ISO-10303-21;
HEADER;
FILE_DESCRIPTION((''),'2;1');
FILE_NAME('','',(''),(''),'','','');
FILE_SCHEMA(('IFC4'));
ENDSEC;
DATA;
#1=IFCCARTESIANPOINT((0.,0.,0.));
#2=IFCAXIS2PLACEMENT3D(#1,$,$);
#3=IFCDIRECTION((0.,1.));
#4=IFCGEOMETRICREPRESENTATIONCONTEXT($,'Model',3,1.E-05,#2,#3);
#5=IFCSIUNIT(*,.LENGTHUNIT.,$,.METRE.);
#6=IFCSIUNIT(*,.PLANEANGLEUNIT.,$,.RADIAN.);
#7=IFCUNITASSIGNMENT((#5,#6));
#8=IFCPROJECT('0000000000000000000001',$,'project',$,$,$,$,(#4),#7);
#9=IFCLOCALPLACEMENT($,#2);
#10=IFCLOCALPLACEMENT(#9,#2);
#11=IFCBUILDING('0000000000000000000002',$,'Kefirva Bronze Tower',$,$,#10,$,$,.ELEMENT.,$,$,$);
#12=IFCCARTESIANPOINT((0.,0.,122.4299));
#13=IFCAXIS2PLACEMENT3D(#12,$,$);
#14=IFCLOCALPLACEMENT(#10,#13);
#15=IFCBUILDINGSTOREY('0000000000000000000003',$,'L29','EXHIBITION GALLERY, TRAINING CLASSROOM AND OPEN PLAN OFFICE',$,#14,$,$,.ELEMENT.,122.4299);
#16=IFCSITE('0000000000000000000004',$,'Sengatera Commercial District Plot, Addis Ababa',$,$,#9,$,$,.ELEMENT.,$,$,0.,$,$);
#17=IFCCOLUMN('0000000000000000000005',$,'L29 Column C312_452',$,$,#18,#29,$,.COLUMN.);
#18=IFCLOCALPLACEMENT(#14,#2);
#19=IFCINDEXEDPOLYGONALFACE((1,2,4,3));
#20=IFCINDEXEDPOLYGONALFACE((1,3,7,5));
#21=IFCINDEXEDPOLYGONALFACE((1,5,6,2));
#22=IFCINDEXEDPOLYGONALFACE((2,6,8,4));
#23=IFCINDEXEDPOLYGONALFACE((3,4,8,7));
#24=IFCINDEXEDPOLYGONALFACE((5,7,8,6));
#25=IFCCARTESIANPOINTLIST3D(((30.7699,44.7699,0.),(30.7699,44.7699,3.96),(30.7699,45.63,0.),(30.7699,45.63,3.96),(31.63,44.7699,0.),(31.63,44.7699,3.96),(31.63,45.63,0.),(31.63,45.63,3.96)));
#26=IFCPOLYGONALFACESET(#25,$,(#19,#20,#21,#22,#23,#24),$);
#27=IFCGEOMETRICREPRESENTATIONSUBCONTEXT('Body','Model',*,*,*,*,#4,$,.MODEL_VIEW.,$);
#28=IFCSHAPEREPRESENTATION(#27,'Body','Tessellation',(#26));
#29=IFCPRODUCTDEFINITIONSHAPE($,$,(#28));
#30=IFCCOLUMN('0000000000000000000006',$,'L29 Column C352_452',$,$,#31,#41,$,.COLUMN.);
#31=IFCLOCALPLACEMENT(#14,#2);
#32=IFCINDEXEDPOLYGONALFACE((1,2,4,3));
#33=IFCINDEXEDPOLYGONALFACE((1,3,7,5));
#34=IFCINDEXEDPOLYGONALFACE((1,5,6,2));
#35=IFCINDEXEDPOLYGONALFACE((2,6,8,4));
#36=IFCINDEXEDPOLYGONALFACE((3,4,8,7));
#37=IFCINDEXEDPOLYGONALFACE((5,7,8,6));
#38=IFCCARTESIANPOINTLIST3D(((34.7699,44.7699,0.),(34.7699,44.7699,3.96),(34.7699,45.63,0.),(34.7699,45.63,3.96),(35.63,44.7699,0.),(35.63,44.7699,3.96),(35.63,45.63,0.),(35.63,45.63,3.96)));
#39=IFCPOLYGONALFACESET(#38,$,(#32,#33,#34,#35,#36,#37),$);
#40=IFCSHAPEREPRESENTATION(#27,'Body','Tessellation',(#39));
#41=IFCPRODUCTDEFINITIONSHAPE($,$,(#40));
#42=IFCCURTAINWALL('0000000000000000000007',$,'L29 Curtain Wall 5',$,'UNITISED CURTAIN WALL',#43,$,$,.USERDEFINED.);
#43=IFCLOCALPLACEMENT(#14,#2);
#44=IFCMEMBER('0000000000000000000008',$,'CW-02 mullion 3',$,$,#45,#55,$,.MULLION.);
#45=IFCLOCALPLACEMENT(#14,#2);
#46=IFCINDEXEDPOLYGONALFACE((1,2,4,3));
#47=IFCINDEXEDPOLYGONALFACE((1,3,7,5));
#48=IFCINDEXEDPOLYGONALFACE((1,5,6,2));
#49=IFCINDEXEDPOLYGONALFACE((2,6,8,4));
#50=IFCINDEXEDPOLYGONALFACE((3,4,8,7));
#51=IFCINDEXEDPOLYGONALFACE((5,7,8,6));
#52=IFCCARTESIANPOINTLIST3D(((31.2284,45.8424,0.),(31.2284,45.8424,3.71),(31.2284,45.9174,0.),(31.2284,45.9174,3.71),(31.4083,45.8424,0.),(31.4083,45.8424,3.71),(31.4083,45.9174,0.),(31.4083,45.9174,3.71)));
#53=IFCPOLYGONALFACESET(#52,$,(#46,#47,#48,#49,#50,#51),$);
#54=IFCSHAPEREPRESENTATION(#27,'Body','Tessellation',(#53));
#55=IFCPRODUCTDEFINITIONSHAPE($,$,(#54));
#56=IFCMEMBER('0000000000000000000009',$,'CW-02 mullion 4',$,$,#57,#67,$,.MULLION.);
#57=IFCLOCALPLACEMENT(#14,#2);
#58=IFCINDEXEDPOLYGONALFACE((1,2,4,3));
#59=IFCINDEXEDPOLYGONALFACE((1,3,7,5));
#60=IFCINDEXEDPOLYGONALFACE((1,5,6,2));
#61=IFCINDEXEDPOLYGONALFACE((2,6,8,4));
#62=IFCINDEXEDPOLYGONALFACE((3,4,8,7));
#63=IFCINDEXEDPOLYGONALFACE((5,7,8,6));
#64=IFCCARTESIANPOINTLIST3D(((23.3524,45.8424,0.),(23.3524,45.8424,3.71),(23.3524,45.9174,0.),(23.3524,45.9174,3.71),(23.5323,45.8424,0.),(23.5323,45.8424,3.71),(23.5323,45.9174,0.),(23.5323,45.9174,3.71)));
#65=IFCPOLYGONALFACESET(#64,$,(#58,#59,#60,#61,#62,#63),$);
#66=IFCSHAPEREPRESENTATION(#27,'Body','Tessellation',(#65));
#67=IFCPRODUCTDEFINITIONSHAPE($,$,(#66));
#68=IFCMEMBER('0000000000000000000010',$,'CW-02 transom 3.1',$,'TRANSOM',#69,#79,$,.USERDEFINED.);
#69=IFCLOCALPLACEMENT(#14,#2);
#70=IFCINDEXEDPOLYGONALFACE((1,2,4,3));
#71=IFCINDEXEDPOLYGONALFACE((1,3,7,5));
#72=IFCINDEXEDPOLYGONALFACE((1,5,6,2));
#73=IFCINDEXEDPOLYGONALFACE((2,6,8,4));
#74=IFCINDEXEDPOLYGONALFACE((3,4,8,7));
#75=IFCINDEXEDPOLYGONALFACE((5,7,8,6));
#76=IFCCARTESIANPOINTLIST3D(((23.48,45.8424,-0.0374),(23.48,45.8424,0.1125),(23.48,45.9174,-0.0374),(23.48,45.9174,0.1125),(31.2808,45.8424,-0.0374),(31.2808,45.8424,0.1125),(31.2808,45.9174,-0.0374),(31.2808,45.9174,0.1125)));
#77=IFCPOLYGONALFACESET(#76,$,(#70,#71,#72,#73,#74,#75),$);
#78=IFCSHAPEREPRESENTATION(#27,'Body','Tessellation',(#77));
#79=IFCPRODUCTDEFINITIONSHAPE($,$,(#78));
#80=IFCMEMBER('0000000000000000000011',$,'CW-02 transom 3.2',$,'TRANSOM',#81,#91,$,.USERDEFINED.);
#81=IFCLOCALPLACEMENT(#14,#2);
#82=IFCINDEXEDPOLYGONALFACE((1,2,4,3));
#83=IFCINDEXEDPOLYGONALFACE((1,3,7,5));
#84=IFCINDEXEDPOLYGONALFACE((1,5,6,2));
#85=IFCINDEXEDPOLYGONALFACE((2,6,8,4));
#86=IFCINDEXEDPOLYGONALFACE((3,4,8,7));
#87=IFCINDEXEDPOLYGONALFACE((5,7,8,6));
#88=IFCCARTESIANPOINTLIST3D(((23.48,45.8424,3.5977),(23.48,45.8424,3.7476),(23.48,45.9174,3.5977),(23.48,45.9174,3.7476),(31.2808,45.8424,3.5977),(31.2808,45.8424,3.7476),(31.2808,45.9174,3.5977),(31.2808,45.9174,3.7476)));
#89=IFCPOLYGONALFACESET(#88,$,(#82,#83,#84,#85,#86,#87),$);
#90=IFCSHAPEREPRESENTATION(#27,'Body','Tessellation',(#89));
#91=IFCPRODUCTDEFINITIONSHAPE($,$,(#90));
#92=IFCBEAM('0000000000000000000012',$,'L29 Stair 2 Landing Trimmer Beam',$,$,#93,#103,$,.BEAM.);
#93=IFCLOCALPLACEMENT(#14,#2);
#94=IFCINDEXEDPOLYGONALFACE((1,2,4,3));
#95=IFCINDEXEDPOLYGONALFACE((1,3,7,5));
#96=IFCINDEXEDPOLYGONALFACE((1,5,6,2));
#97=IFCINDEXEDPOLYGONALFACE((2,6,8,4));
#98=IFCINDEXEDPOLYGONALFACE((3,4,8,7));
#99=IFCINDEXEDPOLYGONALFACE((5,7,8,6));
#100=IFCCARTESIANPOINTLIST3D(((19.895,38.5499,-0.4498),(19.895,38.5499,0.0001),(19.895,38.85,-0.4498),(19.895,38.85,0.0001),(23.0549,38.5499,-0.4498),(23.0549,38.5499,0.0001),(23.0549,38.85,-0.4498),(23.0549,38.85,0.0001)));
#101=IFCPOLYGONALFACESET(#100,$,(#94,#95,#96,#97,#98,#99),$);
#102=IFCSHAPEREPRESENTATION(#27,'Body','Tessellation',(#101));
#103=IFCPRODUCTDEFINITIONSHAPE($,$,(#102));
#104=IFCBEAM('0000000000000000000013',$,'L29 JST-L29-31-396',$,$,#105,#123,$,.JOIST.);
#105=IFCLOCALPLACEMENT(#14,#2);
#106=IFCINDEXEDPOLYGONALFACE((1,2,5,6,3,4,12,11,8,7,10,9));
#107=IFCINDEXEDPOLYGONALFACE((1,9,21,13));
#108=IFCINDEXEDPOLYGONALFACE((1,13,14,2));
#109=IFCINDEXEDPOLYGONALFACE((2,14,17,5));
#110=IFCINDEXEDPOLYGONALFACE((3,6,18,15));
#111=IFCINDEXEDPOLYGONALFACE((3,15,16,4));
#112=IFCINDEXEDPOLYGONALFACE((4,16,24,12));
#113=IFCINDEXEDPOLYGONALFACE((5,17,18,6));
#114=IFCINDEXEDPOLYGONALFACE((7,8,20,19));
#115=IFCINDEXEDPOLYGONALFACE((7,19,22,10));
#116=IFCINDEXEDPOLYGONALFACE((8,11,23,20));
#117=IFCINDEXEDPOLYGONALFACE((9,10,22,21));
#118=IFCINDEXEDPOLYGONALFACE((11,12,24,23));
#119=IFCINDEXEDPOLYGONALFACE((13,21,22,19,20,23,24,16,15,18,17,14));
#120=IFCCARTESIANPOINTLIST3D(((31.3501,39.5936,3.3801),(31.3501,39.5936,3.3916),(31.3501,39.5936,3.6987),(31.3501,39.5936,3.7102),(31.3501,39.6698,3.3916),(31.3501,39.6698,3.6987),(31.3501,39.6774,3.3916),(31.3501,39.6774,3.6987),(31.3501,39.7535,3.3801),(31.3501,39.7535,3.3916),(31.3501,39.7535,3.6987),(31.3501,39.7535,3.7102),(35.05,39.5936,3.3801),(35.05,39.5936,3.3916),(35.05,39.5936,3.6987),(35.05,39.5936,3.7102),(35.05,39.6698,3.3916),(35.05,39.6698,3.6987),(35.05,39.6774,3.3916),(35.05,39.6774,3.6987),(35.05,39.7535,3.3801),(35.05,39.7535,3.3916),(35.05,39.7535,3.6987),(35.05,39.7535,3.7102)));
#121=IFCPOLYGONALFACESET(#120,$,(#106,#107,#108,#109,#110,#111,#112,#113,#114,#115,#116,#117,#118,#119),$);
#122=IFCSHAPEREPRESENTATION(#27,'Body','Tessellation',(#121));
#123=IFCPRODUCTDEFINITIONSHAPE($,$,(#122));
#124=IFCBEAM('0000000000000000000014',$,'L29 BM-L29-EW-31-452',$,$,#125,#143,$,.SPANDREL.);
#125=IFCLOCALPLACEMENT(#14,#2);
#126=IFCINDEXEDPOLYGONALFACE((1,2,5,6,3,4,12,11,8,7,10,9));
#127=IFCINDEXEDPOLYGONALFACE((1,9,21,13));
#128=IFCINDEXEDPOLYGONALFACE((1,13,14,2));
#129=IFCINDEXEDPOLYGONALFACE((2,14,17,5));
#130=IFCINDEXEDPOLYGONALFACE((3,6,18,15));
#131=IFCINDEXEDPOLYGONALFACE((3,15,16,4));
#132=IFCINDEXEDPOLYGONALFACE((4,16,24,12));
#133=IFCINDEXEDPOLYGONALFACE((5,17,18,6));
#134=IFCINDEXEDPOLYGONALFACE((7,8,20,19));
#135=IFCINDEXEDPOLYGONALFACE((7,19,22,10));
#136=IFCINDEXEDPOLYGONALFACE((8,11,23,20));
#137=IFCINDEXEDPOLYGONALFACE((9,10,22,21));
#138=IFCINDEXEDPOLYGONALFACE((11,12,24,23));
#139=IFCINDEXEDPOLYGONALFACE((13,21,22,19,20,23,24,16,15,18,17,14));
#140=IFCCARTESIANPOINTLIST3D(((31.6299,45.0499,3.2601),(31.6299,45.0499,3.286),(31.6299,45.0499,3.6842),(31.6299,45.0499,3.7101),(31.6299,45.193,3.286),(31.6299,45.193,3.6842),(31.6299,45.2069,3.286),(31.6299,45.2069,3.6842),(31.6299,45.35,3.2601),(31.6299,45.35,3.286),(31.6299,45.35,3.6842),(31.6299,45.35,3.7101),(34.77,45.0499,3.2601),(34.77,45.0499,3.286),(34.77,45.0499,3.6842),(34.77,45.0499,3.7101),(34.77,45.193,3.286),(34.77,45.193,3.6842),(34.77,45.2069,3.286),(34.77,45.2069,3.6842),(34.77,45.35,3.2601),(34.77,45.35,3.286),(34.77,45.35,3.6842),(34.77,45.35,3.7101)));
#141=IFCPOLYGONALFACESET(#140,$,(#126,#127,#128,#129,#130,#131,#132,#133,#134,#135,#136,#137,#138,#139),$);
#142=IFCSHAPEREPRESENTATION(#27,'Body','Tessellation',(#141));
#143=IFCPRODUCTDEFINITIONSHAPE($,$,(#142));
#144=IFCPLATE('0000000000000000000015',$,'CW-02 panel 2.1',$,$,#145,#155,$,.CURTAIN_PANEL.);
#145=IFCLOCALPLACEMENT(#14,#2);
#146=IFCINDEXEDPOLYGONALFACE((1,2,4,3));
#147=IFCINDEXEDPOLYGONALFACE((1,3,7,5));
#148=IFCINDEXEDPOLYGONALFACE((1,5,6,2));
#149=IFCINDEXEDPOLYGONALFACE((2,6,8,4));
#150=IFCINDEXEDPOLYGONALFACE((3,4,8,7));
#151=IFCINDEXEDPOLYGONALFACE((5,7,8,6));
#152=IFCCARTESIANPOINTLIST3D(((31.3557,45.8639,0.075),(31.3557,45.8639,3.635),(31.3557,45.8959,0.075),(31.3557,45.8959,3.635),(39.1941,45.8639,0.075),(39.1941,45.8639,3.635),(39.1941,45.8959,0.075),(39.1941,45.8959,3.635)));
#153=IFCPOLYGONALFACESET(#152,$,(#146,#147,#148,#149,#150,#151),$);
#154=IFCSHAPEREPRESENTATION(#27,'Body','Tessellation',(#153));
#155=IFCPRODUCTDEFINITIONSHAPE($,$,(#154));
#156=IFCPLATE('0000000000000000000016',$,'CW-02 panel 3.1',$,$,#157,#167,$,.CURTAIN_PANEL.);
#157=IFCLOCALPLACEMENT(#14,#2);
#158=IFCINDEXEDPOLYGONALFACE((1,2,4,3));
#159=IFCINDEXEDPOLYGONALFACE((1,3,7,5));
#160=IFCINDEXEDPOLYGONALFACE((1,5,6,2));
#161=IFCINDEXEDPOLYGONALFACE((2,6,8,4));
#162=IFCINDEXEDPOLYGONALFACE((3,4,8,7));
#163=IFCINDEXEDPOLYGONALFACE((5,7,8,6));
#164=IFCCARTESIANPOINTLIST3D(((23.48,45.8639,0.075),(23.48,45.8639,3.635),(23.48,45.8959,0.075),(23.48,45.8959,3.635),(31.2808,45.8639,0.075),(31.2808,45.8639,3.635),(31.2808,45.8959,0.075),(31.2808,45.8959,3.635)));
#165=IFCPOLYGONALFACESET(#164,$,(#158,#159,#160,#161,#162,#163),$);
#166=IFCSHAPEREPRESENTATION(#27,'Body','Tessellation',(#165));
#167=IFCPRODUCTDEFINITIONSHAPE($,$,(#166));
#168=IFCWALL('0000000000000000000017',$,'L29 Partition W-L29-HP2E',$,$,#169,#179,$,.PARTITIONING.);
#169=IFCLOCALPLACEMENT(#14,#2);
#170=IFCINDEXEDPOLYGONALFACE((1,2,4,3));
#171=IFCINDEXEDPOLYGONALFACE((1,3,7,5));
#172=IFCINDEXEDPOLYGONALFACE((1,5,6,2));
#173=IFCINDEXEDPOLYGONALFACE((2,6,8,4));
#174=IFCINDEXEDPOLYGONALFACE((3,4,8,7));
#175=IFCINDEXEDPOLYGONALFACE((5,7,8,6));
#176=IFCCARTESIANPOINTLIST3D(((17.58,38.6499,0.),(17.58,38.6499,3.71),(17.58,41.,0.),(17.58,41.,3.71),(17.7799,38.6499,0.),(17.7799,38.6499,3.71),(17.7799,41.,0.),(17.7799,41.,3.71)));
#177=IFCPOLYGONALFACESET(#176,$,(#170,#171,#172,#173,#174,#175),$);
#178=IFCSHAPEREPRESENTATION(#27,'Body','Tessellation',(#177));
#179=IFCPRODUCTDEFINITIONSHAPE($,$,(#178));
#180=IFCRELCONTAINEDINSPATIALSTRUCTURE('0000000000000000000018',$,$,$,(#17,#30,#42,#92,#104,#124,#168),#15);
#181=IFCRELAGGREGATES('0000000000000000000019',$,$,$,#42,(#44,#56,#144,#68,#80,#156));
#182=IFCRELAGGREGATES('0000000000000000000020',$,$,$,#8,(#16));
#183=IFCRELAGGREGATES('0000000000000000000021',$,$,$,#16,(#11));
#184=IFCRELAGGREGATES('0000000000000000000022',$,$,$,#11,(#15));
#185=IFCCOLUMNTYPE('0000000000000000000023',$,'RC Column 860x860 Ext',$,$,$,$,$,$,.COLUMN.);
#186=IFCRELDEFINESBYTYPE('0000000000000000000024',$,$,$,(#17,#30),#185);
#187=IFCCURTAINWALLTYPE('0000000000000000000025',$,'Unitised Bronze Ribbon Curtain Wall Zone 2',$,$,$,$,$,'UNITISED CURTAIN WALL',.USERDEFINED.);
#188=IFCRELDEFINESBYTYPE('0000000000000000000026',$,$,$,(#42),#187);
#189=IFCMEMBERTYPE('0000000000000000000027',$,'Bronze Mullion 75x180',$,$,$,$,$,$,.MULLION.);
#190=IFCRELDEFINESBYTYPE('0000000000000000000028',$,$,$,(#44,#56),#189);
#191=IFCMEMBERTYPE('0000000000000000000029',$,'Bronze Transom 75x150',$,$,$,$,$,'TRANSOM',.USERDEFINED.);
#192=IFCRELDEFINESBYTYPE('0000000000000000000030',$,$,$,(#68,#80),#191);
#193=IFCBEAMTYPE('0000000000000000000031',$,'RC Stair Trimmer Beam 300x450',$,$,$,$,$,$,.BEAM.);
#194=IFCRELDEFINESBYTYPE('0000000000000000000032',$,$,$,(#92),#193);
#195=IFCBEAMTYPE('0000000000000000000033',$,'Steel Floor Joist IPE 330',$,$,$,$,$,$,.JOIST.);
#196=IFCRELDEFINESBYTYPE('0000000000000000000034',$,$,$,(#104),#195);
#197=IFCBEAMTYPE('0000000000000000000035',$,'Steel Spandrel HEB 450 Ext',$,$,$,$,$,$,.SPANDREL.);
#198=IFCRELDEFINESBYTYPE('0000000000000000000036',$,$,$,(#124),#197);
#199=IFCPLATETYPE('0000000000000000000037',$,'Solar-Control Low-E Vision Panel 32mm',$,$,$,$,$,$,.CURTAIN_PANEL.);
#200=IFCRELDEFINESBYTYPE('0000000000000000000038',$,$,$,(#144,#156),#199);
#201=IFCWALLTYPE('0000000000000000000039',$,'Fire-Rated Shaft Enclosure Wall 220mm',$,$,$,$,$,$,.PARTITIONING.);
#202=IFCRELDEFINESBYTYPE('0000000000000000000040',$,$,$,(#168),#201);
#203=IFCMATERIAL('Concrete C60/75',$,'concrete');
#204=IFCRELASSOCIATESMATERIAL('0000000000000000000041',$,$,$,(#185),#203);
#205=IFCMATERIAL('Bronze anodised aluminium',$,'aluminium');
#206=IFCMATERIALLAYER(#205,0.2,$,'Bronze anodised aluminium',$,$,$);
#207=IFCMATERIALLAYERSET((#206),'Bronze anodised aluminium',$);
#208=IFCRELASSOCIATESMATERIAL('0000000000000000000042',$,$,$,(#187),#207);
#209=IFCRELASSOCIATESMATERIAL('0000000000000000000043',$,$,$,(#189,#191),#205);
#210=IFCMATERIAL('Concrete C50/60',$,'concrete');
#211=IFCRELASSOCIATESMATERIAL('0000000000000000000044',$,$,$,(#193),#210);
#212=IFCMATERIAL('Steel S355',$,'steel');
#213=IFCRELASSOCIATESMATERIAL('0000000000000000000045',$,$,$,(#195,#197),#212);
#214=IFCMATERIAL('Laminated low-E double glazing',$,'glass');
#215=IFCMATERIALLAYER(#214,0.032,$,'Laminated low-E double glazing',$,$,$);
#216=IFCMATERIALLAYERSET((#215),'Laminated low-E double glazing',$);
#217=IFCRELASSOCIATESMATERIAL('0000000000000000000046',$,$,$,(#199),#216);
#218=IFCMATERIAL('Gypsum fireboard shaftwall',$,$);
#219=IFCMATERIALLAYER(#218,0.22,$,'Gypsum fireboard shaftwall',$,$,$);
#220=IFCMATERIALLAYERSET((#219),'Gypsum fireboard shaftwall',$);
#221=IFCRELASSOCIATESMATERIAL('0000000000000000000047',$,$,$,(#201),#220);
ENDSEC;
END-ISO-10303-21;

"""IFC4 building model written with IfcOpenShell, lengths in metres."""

from ifc_helpers import new_model, si_unit, direction, frame, frame_2d, origin, origin_2d, place, context, subcontext, project, spatial, rectangle, i_section, extrude, material, layer, layer_set, material_profile, profile_set, type_object, element, aggregate, save


model = new_model("IFC4")

# Units and contexts
model_context = context("Model", 3, precision=1e-05, world=origin(), true_north=direction((0.0, 1.0)))
body_context = subcontext(model_context, "Body", "Model", "MODEL_VIEW")
ifc_project = project(units=[si_unit("LENGTHUNIT", "METRE"), si_unit("PLANEANGLEUNIT", "RADIAN")], contexts=[model_context])

# Site, building, storey
site_placement = place(None, origin())
site = spatial("IfcSite", under=ifc_project, at=site_placement, Name="Sengatera Commercial District Plot, Addis Ababa", CompositionType="ELEMENT", RefElevation=0.0)
building_placement = place(site_placement, origin())
building = spatial("IfcBuilding", under=site, at=building_placement, Name="Kefirva Bronze Tower", CompositionType="ELEMENT")
storey_placement = place(building_placement, frame((0.0, 0.0, 122.4299)))
storey = spatial("IfcBuildingStorey", under=building, at=storey_placement, Name="L29", Description="EXHIBITION GALLERY, TRAINING CLASSROOM AND OPEN PLAN OFFICE", CompositionType="ELEMENT", Elevation=122.4299)

# Columns
ifc_material_1 = material(Name="Concrete C60/75", Category="concrete")
ifc_material_profile_1 = material_profile(ifc_material_1, rectangle(XDim=0.8601, YDim=0.8601, at=origin_2d()), Name="RC 860x860")
ifc_profile_set_1 = profile_set([ifc_material_profile_1], Name="Concrete C60/75")
column_type = type_object("IfcColumnType", Name="RC Column 860x860 Ext", PredefinedType="COLUMN", material=ifc_profile_set_1)
for number, where, z_axis, x_axis, name in (
    (1, (31.2, 45.2, 0.0), (0.0, 0.0, 1.0), (1.0, 0.0, 0.0), "L29 Column C312_452"),
    (2, (35.2, 45.2, 0.0), (0.0, 0.0, 1.0), (1.0, 0.0, 0.0), "L29 Column C352_452"),
):
    element("IfcColumn", number, at=place(storey_placement, frame(where, z_axis=z_axis, x_axis=x_axis)), inside=storey, type_object=column_type, Name=name, PredefinedType="COLUMN", context=body_context, shape_type="SweptSolid", body=[
        extrude(rectangle(XDim=0.8601, YDim=0.8601, at=origin_2d()), origin(), (0.0, 0.0, 1.0), 3.96),
    ])

# Curtain wall, members
ifc_material_2 = material(Name="Bronze anodised aluminium", Category="aluminium")
ifc_layer_1 = layer(ifc_material_2, 0.2, Name="Bronze anodised aluminium")
ifc_layer_set_1 = layer_set([ifc_layer_1], Name="Bronze anodised aluminium")
curtain_wall_type = type_object("IfcCurtainWallType", Name="Unitised Bronze Ribbon Curtain Wall Zone 2", ElementType="UNITISED CURTAIN WALL", PredefinedType="USERDEFINED", material=ifc_layer_set_1)
curtain_wall_placement = place(storey_placement, origin())
curtain_wall = element("IfcCurtainWall", 3, at=curtain_wall_placement, inside=storey, type_object=curtain_wall_type, Name="L29 Curtain Wall 5", ObjectType="UNITISED CURTAIN WALL", PredefinedType="USERDEFINED")
ifc_material_profile_2 = material_profile(ifc_material_2, rectangle(XDim=0.075, YDim=0.1799, at=origin_2d()), Name="ALU 75x180")
ifc_profile_set_2 = profile_set([ifc_material_profile_2], Name="Bronze anodised aluminium")
member_type_1 = type_object("IfcMemberType", Name="Bronze Mullion 75x180", PredefinedType="MULLION", material=ifc_profile_set_2)
member_1_placement = place(storey_placement, frame((31.3184, 45.8799, 0.0), z_axis=(0.0, 0.0, 1.0), x_axis=(0.0, -1.0, 0.0)))
member_1 = element("IfcMember", 4, at=member_1_placement, type_object=member_type_1, Name="CW-02 mullion 3", PredefinedType="MULLION", context=body_context, shape_type="SweptSolid", body=[
    extrude(rectangle(XDim=0.075, YDim=0.1799, at=origin_2d()), origin(), (0.0, 0.0, 1.0), 3.71),
])
member_2_placement = place(storey_placement, frame((23.4424, 45.8799, 0.0), z_axis=(0.0, 0.0, 1.0), x_axis=(0.0, -1.0, 0.0)))
member_2 = element("IfcMember", 5, at=member_2_placement, type_object=member_type_1, Name="CW-02 mullion 4", PredefinedType="MULLION", context=body_context, shape_type="SweptSolid", body=[
    extrude(rectangle(XDim=0.075, YDim=0.1799, at=origin_2d()), origin(), (0.0, 0.0, 1.0), 3.71),
])
ifc_material_profile_3 = material_profile(ifc_material_2, rectangle(XDim=0.075, YDim=0.1499, at=origin_2d()), Name="ALU 75x150")
ifc_profile_set_3 = profile_set([ifc_material_profile_3], Name="Bronze anodised aluminium")
member_type_2 = type_object("IfcMemberType", Name="Bronze Transom 75x150", ElementType="TRANSOM", PredefinedType="USERDEFINED", material=ifc_profile_set_3)
member_3_placement = place(storey_placement, frame((31.2808, 45.8799, 0.0376), z_axis=(-1.0, 0.0, 0.0), x_axis=(0.0, -1.0, 0.0)))
member_3 = element("IfcMember", 6, at=member_3_placement, type_object=member_type_2, Name="CW-02 transom 3.1", ObjectType="TRANSOM", PredefinedType="USERDEFINED", context=body_context, shape_type="SweptSolid", body=[
    extrude(rectangle(XDim=0.075, YDim=0.1499, at=origin_2d()), origin(), (0.0, 0.0, 1.0), 7.8008),
])
member_4_placement = place(storey_placement, frame((31.2808, 45.8799, 3.6726), z_axis=(-1.0, 0.0, 0.0), x_axis=(0.0, -1.0, 0.0)))
member_4 = element("IfcMember", 7, at=member_4_placement, type_object=member_type_2, Name="CW-02 transom 3.2", ObjectType="TRANSOM", PredefinedType="USERDEFINED", context=body_context, shape_type="SweptSolid", body=[
    extrude(rectangle(XDim=0.075, YDim=0.1499, at=origin_2d()), origin(), (0.0, 0.0, 1.0), 7.8008),
])

# Beams
ifc_material_3 = material(Name="Concrete C50/60", Category="concrete")
ifc_material_profile_4 = material_profile(ifc_material_3, rectangle(XDim=0.3, YDim=0.45, at=origin_2d()), Name="RC 300x450")
ifc_profile_set_4 = profile_set([ifc_material_profile_4], Name="Concrete C50/60")
beam_type_1 = type_object("IfcBeamType", Name="RC Stair Trimmer Beam 300x450", PredefinedType="BEAM", material=ifc_profile_set_4)
beam_1_placement = place(storey_placement, frame((19.895, 38.7, -0.2249), z_axis=(1.0, 0.0, 0.0), x_axis=(0.0, 1.0, 0.0)))
element("IfcBeam", 8, at=beam_1_placement, inside=storey, type_object=beam_type_1, Name="L29 Stair 2 Landing Trimmer Beam", PredefinedType="BEAM", context=body_context, shape_type="SweptSolid", body=[
    extrude(rectangle(XDim=0.3, YDim=0.45, at=origin_2d()), origin(), (0.0, 0.0, 1.0), 3.1599),
])
ifc_material_4 = material(Name="Steel S355", Category="steel")
ifc_material_profile_5 = material_profile(ifc_material_4, i_section(OverallWidth=0.1599, OverallDepth=0.3301, WebThickness=0.0076, FlangeThickness=0.0115, at=origin_2d()), Name="IPE 330")
ifc_profile_set_5 = profile_set([ifc_material_profile_5], Name="Steel S355")
beam_type_2 = type_object("IfcBeamType", Name="Steel Floor Joist IPE 330", PredefinedType="JOIST", material=ifc_profile_set_5)
beam_2_placement = place(storey_placement, frame((31.3501, 39.6736, 3.5452), z_axis=(1.0, 0.0, 0.0), x_axis=(0.0, 1.0, 0.0)))
element("IfcBeam", 9, at=beam_2_placement, inside=storey, type_object=beam_type_2, Name="L29 JST-L29-31-396", PredefinedType="JOIST", context=body_context, shape_type="SweptSolid", body=[
    extrude(i_section(OverallWidth=0.1599, OverallDepth=0.3301, WebThickness=0.0076, FlangeThickness=0.0115, at=origin_2d()), origin(), (0.0, 0.0, 1.0), 3.7),
])
ifc_material_profile_6 = material_profile(ifc_material_4, i_section(OverallWidth=0.3, OverallDepth=0.45, WebThickness=0.0139, FlangeThickness=0.0259, at=origin_2d()), Name="HEB 450")
ifc_profile_set_6 = profile_set([ifc_material_profile_6], Name="Steel S355")
beam_type_3 = type_object("IfcBeamType", Name="Steel Spandrel HEB 450 Ext", PredefinedType="SPANDREL", material=ifc_profile_set_6)
beam_3_placement = place(storey_placement, frame((31.6299, 45.2, 3.4851), z_axis=(1.0, 0.0, 0.0), x_axis=(0.0, 1.0, 0.0)))
element("IfcBeam", 10, at=beam_3_placement, inside=storey, type_object=beam_type_3, Name="L29 BM-L29-EW-31-452", PredefinedType="SPANDREL", context=body_context, shape_type="SweptSolid", body=[
    extrude(i_section(OverallWidth=0.3, OverallDepth=0.45, WebThickness=0.0139, FlangeThickness=0.0259, at=origin_2d()), origin(), (0.0, 0.0, 1.0), 3.1401),
])

# Plates
ifc_material_5 = material(Name="Laminated low-E double glazing", Category="glass")
ifc_layer_2 = layer(ifc_material_5, 0.032, Name="Laminated low-E double glazing")
ifc_layer_set_2 = layer_set([ifc_layer_2], Name="Laminated low-E double glazing")
plate_type = type_object("IfcPlateType", Name="Solar-Control Low-E Vision Panel 32mm", PredefinedType="CURTAIN_PANEL", material=ifc_layer_set_2)
plate_1_placement = place(storey_placement, frame((35.2749, 45.8799, 0.075), z_axis=(0.0, 0.0, 1.0), x_axis=(-1.0, 0.0, 0.0)))
plate_1 = element("IfcPlate", 11, at=plate_1_placement, type_object=plate_type, Name="CW-02 panel 2.1", PredefinedType="CURTAIN_PANEL", context=body_context, shape_type="SweptSolid", body=[
    extrude(rectangle(XDim=7.8384, YDim=0.032, at=origin_2d()), origin(), (0.0, 0.0, 1.0), 3.5601),
])
plate_2_placement = place(storey_placement, frame((27.3804, 45.8799, 0.075), z_axis=(0.0, 0.0, 1.0), x_axis=(-1.0, 0.0, 0.0)))
plate_2 = element("IfcPlate", 12, at=plate_2_placement, type_object=plate_type, Name="CW-02 panel 3.1", PredefinedType="CURTAIN_PANEL", context=body_context, shape_type="SweptSolid", body=[
    extrude(rectangle(XDim=7.8008, YDim=0.032, at=origin_2d()), origin(), (0.0, 0.0, 1.0), 3.5601),
])
aggregate(curtain_wall, [member_1, member_2, plate_1, member_3, member_4, plate_2])

# Wall
ifc_material_6 = material(Name="Gypsum fireboard shaftwall")
ifc_layer_3 = layer(ifc_material_6, 0.22, Name="Gypsum fireboard shaftwall")
ifc_layer_set_3 = layer_set([ifc_layer_3], Name="Gypsum fireboard shaftwall")
wall_type_1 = type_object("IfcWallType", Name="Fire-Rated Shaft Enclosure Wall 220mm", PredefinedType="PARTITIONING", material=ifc_layer_set_3)
wall_1_placement = place(storey_placement, frame((17.6799, 38.6499, 0.0), z_axis=(0.0, 0.0, 1.0), x_axis=(0.0, 1.0, 0.0)))
element("IfcWall", 13, at=wall_1_placement, inside=storey, type_object=wall_type_1, Name="L29 Partition W-L29-HP2E", PredefinedType="PARTITIONING", context=body_context, shape_type="SweptSolid", body=[
    extrude(rectangle(XDim=2.3501, YDim=0.2, at=frame_2d((1.175, 0.0))), origin(), (0.0, 0.0, 1.0), 3.71),
])

save(model, "model.ifc")
